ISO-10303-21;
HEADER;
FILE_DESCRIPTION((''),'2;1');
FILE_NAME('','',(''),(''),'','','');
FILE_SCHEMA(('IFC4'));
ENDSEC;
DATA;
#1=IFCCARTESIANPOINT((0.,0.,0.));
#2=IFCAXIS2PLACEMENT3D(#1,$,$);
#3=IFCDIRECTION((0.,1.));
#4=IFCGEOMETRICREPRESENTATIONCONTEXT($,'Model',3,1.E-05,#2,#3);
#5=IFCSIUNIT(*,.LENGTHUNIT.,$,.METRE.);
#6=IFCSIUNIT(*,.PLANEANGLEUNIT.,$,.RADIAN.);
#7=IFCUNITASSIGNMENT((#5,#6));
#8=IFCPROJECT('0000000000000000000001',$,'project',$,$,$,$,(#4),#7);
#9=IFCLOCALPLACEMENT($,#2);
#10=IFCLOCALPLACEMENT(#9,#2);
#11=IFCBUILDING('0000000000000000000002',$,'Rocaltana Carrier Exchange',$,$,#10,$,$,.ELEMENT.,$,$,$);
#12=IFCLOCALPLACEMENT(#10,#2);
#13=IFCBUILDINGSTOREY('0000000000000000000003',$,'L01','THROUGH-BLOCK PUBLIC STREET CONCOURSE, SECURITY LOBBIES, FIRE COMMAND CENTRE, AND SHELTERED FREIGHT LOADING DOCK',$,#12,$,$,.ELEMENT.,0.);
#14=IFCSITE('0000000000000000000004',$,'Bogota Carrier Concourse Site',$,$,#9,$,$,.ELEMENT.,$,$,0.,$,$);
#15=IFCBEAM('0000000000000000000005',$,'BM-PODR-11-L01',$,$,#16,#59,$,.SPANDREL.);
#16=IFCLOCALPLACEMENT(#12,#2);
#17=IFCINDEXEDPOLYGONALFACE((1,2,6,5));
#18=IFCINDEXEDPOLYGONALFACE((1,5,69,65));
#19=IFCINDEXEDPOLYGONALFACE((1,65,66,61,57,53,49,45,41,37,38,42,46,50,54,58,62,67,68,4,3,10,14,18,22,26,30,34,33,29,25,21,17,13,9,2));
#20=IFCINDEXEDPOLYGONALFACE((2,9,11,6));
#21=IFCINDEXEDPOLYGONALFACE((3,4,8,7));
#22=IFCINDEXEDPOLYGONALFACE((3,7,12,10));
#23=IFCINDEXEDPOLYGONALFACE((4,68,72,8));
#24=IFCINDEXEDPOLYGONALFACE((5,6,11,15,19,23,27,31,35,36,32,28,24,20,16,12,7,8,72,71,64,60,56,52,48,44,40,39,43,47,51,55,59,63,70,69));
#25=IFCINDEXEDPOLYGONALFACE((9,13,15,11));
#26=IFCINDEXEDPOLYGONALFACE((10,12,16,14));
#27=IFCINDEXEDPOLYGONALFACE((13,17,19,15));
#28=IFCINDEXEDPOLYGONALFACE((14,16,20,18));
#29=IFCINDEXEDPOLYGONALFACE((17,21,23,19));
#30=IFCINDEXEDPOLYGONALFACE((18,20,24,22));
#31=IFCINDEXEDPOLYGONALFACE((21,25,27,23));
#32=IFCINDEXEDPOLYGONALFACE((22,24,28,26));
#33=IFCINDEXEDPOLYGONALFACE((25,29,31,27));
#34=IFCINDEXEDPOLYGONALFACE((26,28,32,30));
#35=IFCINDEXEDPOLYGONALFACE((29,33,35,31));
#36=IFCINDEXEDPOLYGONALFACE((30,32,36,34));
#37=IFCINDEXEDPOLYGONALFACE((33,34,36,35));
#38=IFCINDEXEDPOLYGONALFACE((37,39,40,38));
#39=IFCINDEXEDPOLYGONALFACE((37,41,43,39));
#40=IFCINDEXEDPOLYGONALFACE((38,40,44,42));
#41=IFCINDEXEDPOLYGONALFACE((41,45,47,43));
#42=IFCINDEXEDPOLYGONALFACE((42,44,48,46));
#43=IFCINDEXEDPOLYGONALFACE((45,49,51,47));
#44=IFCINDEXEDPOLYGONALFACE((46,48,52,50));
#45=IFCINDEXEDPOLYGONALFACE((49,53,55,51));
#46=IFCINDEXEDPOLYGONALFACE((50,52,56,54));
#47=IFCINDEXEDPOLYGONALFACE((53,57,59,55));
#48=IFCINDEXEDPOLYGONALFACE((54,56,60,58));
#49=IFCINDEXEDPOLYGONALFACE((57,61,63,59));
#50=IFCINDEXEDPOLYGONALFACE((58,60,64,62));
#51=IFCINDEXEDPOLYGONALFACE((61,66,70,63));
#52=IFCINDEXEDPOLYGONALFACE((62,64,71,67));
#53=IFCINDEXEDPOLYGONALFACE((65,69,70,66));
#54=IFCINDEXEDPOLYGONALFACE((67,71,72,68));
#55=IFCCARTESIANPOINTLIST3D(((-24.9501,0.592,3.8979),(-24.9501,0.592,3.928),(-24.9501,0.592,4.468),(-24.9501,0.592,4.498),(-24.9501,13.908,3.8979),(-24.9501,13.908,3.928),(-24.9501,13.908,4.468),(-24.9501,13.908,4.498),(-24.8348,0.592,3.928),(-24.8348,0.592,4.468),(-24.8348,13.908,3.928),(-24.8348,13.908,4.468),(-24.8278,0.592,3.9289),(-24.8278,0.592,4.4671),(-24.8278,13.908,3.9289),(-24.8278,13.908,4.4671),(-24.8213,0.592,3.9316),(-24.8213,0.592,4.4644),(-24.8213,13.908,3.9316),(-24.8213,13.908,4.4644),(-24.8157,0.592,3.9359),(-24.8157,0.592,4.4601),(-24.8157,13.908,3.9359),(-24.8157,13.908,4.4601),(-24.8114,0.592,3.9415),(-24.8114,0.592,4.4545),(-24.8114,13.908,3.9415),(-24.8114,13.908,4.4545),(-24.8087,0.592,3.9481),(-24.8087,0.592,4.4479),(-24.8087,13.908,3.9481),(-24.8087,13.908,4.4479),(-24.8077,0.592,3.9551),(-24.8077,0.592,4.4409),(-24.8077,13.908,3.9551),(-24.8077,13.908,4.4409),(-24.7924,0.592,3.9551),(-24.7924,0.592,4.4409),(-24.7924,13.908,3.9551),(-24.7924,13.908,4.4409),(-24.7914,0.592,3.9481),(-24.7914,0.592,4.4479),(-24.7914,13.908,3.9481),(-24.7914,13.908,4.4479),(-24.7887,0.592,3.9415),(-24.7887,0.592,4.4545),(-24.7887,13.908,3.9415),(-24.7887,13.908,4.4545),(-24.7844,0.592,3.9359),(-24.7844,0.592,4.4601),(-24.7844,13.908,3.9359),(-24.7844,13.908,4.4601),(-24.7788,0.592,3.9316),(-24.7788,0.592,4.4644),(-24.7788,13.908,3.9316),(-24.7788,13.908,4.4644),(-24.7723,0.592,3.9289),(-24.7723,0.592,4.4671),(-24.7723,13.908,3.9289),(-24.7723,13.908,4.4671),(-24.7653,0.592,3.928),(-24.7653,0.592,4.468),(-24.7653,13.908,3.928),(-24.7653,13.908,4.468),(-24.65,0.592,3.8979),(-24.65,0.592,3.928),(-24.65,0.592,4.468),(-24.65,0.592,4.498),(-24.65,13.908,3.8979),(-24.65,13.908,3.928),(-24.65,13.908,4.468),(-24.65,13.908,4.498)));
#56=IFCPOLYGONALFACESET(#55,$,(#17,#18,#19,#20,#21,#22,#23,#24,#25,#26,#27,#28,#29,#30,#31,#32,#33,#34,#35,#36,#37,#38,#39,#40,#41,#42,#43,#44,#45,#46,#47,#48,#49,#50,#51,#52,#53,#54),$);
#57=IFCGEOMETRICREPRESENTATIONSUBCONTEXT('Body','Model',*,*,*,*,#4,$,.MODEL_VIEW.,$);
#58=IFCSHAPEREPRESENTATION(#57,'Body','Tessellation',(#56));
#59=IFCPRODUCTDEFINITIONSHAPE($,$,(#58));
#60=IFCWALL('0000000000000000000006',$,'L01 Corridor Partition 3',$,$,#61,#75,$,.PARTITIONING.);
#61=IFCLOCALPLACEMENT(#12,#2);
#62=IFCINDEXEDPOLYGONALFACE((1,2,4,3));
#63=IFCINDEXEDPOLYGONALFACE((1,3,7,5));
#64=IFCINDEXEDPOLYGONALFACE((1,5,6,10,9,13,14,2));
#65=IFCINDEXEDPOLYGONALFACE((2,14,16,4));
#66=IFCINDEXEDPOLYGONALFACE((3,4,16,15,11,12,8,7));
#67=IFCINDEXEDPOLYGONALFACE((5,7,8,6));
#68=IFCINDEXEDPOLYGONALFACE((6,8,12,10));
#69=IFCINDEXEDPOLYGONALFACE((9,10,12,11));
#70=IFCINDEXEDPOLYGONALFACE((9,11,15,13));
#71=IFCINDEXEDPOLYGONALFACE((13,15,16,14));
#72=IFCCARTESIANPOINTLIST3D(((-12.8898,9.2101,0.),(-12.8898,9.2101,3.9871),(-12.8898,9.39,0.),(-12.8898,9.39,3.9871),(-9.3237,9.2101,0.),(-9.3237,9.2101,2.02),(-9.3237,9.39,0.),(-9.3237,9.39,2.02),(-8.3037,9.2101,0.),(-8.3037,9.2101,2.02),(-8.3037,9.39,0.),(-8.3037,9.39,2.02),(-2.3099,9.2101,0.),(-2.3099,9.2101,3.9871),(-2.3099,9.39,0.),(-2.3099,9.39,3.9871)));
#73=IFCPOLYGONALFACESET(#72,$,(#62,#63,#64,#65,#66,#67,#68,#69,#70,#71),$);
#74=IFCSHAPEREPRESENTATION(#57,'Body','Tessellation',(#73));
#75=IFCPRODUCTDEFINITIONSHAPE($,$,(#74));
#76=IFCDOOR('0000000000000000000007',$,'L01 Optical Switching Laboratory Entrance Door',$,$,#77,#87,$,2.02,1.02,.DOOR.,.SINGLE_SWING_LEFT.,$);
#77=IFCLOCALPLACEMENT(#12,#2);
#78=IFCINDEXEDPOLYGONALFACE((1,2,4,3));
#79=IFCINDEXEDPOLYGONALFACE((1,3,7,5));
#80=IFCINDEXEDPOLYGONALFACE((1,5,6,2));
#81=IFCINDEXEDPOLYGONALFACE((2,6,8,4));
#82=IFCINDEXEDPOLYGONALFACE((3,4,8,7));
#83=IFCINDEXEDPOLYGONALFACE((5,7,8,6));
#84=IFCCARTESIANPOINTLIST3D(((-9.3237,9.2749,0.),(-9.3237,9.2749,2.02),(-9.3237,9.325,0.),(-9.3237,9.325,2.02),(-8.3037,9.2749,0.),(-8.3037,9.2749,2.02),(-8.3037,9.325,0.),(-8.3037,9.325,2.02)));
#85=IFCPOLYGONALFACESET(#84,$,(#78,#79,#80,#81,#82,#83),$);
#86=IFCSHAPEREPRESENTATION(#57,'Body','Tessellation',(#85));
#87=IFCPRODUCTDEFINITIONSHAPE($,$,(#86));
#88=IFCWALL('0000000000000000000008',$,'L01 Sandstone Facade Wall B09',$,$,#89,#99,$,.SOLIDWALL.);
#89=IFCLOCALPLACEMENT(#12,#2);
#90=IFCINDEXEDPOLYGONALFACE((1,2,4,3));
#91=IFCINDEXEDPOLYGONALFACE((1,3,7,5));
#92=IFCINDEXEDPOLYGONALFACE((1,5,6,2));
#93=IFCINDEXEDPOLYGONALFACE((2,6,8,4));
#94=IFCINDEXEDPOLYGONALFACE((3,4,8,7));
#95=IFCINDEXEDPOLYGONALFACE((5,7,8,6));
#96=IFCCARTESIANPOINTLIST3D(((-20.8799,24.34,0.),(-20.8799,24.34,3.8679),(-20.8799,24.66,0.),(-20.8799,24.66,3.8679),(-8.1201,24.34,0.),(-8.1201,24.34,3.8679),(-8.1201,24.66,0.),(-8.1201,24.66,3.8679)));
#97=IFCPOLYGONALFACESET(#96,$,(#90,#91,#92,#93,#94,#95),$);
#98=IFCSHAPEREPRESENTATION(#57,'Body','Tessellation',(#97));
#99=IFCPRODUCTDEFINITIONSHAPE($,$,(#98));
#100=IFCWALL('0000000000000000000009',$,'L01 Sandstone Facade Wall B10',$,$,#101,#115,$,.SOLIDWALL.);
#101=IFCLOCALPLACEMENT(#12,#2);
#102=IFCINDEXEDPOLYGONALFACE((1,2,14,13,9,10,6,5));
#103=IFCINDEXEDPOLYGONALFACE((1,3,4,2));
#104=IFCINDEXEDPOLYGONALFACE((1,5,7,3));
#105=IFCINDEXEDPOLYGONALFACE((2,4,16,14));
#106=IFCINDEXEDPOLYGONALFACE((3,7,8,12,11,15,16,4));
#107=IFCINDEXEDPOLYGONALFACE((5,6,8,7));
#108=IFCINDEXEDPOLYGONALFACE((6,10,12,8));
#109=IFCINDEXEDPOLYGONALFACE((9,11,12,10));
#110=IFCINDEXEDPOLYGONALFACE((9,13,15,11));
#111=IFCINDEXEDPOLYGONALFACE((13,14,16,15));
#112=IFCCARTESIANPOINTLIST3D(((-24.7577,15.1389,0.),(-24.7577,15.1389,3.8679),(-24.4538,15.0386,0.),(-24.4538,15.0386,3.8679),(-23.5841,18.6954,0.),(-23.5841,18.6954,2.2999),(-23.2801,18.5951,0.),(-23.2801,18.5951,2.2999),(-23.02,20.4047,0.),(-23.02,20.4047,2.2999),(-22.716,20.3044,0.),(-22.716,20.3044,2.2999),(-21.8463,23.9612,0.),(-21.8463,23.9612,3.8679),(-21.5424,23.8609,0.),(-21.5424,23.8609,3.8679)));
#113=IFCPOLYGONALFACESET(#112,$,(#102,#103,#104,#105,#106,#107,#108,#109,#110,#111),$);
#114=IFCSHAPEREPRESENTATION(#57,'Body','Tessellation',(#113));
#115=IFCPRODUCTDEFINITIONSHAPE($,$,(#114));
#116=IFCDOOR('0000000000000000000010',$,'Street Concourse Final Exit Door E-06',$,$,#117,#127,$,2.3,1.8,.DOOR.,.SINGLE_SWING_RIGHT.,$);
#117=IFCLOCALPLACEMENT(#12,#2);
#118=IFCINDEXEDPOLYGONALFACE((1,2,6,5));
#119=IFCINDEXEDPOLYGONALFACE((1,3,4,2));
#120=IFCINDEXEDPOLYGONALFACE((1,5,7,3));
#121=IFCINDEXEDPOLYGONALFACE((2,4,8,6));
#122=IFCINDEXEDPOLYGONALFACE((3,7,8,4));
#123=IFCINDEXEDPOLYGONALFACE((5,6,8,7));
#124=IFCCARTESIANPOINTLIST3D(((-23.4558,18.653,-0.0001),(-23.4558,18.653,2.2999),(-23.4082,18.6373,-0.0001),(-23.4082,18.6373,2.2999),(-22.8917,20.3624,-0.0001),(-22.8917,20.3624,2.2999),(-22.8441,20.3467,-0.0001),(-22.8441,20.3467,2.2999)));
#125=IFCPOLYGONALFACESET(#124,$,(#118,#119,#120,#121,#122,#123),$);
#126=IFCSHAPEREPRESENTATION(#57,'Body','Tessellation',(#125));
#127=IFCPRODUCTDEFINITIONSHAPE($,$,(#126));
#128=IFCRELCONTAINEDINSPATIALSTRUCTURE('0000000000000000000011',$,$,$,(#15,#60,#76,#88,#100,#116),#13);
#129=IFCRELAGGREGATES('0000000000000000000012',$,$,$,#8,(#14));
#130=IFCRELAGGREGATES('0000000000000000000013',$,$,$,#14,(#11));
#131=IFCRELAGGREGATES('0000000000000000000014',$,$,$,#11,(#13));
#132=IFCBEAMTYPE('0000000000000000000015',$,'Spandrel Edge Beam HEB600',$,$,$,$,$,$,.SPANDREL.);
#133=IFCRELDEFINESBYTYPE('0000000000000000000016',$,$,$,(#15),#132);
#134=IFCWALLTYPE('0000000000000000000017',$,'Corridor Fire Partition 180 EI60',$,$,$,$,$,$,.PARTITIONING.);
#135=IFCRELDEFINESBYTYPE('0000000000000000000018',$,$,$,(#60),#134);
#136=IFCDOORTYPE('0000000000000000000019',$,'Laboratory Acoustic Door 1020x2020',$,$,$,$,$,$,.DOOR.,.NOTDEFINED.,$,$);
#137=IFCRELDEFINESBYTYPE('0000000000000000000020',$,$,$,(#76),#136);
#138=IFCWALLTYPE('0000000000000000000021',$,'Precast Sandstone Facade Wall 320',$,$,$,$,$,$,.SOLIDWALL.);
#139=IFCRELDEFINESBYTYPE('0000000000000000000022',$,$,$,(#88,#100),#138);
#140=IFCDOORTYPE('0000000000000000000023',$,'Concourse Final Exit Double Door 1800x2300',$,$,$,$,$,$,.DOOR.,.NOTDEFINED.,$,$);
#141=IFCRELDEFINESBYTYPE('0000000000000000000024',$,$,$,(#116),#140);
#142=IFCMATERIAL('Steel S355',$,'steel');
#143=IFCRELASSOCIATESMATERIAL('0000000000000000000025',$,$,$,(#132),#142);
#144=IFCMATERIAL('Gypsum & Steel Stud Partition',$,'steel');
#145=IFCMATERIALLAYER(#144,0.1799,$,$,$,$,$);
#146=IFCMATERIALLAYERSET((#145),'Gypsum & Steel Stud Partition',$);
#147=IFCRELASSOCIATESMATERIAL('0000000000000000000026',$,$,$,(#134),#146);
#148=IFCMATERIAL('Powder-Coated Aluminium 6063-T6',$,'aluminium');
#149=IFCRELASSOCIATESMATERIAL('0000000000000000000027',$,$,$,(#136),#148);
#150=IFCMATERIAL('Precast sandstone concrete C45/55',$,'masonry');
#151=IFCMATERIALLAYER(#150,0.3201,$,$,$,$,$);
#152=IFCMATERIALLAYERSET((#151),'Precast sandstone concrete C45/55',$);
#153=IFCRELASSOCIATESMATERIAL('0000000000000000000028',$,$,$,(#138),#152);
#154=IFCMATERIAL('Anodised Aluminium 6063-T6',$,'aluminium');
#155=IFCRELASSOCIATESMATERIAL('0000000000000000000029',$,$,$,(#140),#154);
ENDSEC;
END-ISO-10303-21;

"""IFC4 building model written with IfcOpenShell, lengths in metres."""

from ifc_helpers import new_model, si_unit, direction, frame, frame_2d, origin, origin_2d, place, context, subcontext, project, spatial, rectangle, i_section, extrude, material, layer, layer_set, material_profile, profile_set, type_object, element, fill, save


model = new_model("IFC4")

# Units and contexts
model_context = context("Model", 3, precision=1e-05, world=origin(), true_north=direction((0.0, 1.0)))
body_context = subcontext(model_context, "Body", "Model", "MODEL_VIEW")
ifc_project = project(units=[si_unit("LENGTHUNIT", "METRE"), si_unit("PLANEANGLEUNIT", "RADIAN")], contexts=[model_context])

# Site, building, storey
site_placement = place(None, origin())
site = spatial("IfcSite", under=ifc_project, at=site_placement, Name="Bogota Carrier Concourse Site", CompositionType="ELEMENT", RefElevation=0.0)
building_placement = place(site_placement, origin())
building = spatial("IfcBuilding", under=site, at=building_placement, Name="Rocaltana Carrier Exchange", CompositionType="ELEMENT")
storey_placement = place(building_placement, origin())
storey = spatial("IfcBuildingStorey", under=building, at=storey_placement, Name="L01", Description="THROUGH-BLOCK PUBLIC STREET CONCOURSE, SECURITY LOBBIES, FIRE COMMAND CENTRE, AND SHELTERED FREIGHT LOADING DOCK", CompositionType="ELEMENT", Elevation=0.0)

# Beam
ifc_material_1 = material(Name="Steel S355", Category="steel")
ifc_material_profile_1 = material_profile(ifc_material_1, i_section(OverallWidth=0.3, OverallDepth=0.6001, WebThickness=0.0154, FlangeThickness=0.03, FilletRadius=0.0271, at=origin_2d()), Name="HEB600")
ifc_profile_set_1 = profile_set([ifc_material_profile_1], Name="Steel S355")
beam_type_1 = type_object("IfcBeamType", Name="Spandrel Edge Beam HEB600", PredefinedType="SPANDREL", material=ifc_profile_set_1)
beam_1_placement = place(storey_placement, frame((-24.8, 13.908, 4.198), z_axis=(0.0, -1.0, 0.0), x_axis=(1.0, 0.0, 0.0)))
element("IfcBeam", 1, at=beam_1_placement, inside=storey, type_object=beam_type_1, Name="BM-PODR-11-L01", PredefinedType="SPANDREL", context=body_context, shape_type="SweptSolid", body=[
    extrude(i_section(OverallWidth=0.3, OverallDepth=0.6001, WebThickness=0.0154, FlangeThickness=0.03, FilletRadius=0.0271, at=origin_2d()), origin(), (0.0, 0.0, 1.0), 13.3159),
])

# Wall, opening, door
ifc_material_2 = material(Name="Gypsum & Steel Stud Partition", Category="steel")
ifc_layer_1 = layer(ifc_material_2, 0.1799)
ifc_layer_set_1 = layer_set([ifc_layer_1], Name="Gypsum & Steel Stud Partition")
wall_type_1 = type_object("IfcWallType", Name="Corridor Fire Partition 180 EI60", PredefinedType="PARTITIONING", material=ifc_layer_set_1)
wall_1_placement = place(storey_placement, frame((-12.8899, 9.3, 0.0), z_axis=(0.0, 0.0, 1.0), x_axis=(1.0, 0.0, 0.0)))
wall_1 = element("IfcWall", 2, at=wall_1_placement, inside=storey, type_object=wall_type_1, Name="L01 Corridor Partition 3", PredefinedType="PARTITIONING", context=body_context, shape_type="SweptSolid", body=[
    extrude(rectangle(XDim=10.5798, YDim=0.1799, at=frame_2d((5.29, 0.0))), origin(), (0.0, 0.0, 1.0), 3.9871),
])
opening_1_placement = place(wall_1_placement, frame((3.5662, 0.0, 0.0)))
opening_1 = element("IfcOpeningElement", 3, at=opening_1_placement, cuts=wall_1, PredefinedType="OPENING", context=body_context, shape_type="SweptSolid", body=[
    extrude(rectangle(XDim=1.02, YDim=2.02, at=frame_2d((0.51, 1.01))), frame((0.0, 0.0999, 0.0), z_axis=(0.0, -1.0, 0.0), x_axis=(1.0, 0.0, 0.0)), (0.0, 0.0, 1.0), 0.2),
])
ifc_material_3 = material(Name="Powder-Coated Aluminium 6063-T6", Category="aluminium")
door_type_1 = type_object("IfcDoorType", Name="Laboratory Acoustic Door 1020x2020", OperationType="NOTDEFINED", PredefinedType="DOOR", material=ifc_material_3)
door_1_placement = place(opening_1_placement, origin())
door_1 = element("IfcDoor", 4, at=door_1_placement, inside=storey, type_object=door_type_1, Name="L01 Optical Switching Laboratory Entrance Door", OperationType="SINGLE_SWING_LEFT", OverallHeight=2.02, OverallWidth=1.02, PredefinedType="DOOR", context=body_context, shape_type="SweptSolid", body=[
    extrude(rectangle(XDim=1.02, YDim=2.02, at=frame_2d((0.51, 1.01))), frame((0.0, 0.0249, 0.0), z_axis=(0.0, -1.0, 0.0), x_axis=(1.0, 0.0, 0.0)), (0.0, 0.0, 1.0), 0.05),
])
fill(opening_1, door_1)

# Wall
ifc_material_4 = material(Name="Precast sandstone concrete C45/55", Category="masonry")
ifc_layer_2 = layer(ifc_material_4, 0.3201)
ifc_layer_set_2 = layer_set([ifc_layer_2], Name="Precast sandstone concrete C45/55")
wall_type_2 = type_object("IfcWallType", Name="Precast Sandstone Facade Wall 320", PredefinedType="SOLIDWALL", material=ifc_layer_set_2)
wall_2_placement = place(storey_placement, frame((-20.8799, 24.5, 0.0), z_axis=(0.0, 0.0, 1.0), x_axis=(1.0, 0.0, 0.0)))
element("IfcWall", 5, at=wall_2_placement, inside=storey, type_object=wall_type_2, Name="L01 Sandstone Facade Wall B09", PredefinedType="SOLIDWALL", context=body_context, shape_type="SweptSolid", body=[
    extrude(rectangle(XDim=12.7598, YDim=0.3201, at=frame_2d((6.3799, 0.0))), origin(), (0.0, 0.0, 1.0), 3.8679),
])

# Wall, opening, door
wall_3_placement = place(storey_placement, frame((-24.6057, 15.0889, 0.0), z_axis=(0.0, 0.0, 1.0), x_axis=(0.31338, 0.949628, 0.0)))
wall_3 = element("IfcWall", 6, at=wall_3_placement, inside=storey, type_object=wall_type_2, Name="L01 Sandstone Facade Wall B10", PredefinedType="SOLIDWALL", context=body_context, shape_type="SweptSolid", body=[
    extrude(rectangle(XDim=9.2903, YDim=0.3201, at=frame_2d((4.645, 0.0))), origin(), (0.0, 0.0, 1.0), 3.8679),
])
opening_2_placement = place(wall_3_placement, frame((3.7451, 0.0, 0.0)))
opening_2 = element("IfcOpeningElement", 7, at=opening_2_placement, cuts=wall_3, PredefinedType="OPENING", context=body_context, shape_type="SweptSolid", body=[
    extrude(rectangle(XDim=1.8, YDim=2.3, at=frame_2d((0.8999, 1.1499))), frame((0.0, 0.1699, 0.0), z_axis=(0.0, -1.0, 0.0), x_axis=(1.0, 0.0, 0.0)), (0.0, 0.0, 1.0), 0.3401),
])
ifc_material_5 = material(Name="Anodised Aluminium 6063-T6", Category="aluminium")
door_type_2 = type_object("IfcDoorType", Name="Concourse Final Exit Double Door 1800x2300", OperationType="NOTDEFINED", PredefinedType="DOOR", material=ifc_material_5)
door_2_placement = place(opening_2_placement, origin())
door_2 = element("IfcDoor", 8, at=door_2_placement, inside=storey, type_object=door_type_2, Name="Street Concourse Final Exit Door E-06", OperationType="SINGLE_SWING_RIGHT", OverallHeight=2.3, OverallWidth=1.8, PredefinedType="DOOR", context=body_context, shape_type="SweptSolid", body=[
    extrude(rectangle(XDim=1.8, YDim=2.3, at=frame_2d((0.8999, 1.1499))), frame((0.0, 0.0249, 0.0), z_axis=(0.0, -1.0, 0.0), x_axis=(1.0, 0.0, 0.0)), (0.0, 0.0, 1.0), 0.05),
])
fill(opening_2, door_2)

save(model, "model.ifc")
